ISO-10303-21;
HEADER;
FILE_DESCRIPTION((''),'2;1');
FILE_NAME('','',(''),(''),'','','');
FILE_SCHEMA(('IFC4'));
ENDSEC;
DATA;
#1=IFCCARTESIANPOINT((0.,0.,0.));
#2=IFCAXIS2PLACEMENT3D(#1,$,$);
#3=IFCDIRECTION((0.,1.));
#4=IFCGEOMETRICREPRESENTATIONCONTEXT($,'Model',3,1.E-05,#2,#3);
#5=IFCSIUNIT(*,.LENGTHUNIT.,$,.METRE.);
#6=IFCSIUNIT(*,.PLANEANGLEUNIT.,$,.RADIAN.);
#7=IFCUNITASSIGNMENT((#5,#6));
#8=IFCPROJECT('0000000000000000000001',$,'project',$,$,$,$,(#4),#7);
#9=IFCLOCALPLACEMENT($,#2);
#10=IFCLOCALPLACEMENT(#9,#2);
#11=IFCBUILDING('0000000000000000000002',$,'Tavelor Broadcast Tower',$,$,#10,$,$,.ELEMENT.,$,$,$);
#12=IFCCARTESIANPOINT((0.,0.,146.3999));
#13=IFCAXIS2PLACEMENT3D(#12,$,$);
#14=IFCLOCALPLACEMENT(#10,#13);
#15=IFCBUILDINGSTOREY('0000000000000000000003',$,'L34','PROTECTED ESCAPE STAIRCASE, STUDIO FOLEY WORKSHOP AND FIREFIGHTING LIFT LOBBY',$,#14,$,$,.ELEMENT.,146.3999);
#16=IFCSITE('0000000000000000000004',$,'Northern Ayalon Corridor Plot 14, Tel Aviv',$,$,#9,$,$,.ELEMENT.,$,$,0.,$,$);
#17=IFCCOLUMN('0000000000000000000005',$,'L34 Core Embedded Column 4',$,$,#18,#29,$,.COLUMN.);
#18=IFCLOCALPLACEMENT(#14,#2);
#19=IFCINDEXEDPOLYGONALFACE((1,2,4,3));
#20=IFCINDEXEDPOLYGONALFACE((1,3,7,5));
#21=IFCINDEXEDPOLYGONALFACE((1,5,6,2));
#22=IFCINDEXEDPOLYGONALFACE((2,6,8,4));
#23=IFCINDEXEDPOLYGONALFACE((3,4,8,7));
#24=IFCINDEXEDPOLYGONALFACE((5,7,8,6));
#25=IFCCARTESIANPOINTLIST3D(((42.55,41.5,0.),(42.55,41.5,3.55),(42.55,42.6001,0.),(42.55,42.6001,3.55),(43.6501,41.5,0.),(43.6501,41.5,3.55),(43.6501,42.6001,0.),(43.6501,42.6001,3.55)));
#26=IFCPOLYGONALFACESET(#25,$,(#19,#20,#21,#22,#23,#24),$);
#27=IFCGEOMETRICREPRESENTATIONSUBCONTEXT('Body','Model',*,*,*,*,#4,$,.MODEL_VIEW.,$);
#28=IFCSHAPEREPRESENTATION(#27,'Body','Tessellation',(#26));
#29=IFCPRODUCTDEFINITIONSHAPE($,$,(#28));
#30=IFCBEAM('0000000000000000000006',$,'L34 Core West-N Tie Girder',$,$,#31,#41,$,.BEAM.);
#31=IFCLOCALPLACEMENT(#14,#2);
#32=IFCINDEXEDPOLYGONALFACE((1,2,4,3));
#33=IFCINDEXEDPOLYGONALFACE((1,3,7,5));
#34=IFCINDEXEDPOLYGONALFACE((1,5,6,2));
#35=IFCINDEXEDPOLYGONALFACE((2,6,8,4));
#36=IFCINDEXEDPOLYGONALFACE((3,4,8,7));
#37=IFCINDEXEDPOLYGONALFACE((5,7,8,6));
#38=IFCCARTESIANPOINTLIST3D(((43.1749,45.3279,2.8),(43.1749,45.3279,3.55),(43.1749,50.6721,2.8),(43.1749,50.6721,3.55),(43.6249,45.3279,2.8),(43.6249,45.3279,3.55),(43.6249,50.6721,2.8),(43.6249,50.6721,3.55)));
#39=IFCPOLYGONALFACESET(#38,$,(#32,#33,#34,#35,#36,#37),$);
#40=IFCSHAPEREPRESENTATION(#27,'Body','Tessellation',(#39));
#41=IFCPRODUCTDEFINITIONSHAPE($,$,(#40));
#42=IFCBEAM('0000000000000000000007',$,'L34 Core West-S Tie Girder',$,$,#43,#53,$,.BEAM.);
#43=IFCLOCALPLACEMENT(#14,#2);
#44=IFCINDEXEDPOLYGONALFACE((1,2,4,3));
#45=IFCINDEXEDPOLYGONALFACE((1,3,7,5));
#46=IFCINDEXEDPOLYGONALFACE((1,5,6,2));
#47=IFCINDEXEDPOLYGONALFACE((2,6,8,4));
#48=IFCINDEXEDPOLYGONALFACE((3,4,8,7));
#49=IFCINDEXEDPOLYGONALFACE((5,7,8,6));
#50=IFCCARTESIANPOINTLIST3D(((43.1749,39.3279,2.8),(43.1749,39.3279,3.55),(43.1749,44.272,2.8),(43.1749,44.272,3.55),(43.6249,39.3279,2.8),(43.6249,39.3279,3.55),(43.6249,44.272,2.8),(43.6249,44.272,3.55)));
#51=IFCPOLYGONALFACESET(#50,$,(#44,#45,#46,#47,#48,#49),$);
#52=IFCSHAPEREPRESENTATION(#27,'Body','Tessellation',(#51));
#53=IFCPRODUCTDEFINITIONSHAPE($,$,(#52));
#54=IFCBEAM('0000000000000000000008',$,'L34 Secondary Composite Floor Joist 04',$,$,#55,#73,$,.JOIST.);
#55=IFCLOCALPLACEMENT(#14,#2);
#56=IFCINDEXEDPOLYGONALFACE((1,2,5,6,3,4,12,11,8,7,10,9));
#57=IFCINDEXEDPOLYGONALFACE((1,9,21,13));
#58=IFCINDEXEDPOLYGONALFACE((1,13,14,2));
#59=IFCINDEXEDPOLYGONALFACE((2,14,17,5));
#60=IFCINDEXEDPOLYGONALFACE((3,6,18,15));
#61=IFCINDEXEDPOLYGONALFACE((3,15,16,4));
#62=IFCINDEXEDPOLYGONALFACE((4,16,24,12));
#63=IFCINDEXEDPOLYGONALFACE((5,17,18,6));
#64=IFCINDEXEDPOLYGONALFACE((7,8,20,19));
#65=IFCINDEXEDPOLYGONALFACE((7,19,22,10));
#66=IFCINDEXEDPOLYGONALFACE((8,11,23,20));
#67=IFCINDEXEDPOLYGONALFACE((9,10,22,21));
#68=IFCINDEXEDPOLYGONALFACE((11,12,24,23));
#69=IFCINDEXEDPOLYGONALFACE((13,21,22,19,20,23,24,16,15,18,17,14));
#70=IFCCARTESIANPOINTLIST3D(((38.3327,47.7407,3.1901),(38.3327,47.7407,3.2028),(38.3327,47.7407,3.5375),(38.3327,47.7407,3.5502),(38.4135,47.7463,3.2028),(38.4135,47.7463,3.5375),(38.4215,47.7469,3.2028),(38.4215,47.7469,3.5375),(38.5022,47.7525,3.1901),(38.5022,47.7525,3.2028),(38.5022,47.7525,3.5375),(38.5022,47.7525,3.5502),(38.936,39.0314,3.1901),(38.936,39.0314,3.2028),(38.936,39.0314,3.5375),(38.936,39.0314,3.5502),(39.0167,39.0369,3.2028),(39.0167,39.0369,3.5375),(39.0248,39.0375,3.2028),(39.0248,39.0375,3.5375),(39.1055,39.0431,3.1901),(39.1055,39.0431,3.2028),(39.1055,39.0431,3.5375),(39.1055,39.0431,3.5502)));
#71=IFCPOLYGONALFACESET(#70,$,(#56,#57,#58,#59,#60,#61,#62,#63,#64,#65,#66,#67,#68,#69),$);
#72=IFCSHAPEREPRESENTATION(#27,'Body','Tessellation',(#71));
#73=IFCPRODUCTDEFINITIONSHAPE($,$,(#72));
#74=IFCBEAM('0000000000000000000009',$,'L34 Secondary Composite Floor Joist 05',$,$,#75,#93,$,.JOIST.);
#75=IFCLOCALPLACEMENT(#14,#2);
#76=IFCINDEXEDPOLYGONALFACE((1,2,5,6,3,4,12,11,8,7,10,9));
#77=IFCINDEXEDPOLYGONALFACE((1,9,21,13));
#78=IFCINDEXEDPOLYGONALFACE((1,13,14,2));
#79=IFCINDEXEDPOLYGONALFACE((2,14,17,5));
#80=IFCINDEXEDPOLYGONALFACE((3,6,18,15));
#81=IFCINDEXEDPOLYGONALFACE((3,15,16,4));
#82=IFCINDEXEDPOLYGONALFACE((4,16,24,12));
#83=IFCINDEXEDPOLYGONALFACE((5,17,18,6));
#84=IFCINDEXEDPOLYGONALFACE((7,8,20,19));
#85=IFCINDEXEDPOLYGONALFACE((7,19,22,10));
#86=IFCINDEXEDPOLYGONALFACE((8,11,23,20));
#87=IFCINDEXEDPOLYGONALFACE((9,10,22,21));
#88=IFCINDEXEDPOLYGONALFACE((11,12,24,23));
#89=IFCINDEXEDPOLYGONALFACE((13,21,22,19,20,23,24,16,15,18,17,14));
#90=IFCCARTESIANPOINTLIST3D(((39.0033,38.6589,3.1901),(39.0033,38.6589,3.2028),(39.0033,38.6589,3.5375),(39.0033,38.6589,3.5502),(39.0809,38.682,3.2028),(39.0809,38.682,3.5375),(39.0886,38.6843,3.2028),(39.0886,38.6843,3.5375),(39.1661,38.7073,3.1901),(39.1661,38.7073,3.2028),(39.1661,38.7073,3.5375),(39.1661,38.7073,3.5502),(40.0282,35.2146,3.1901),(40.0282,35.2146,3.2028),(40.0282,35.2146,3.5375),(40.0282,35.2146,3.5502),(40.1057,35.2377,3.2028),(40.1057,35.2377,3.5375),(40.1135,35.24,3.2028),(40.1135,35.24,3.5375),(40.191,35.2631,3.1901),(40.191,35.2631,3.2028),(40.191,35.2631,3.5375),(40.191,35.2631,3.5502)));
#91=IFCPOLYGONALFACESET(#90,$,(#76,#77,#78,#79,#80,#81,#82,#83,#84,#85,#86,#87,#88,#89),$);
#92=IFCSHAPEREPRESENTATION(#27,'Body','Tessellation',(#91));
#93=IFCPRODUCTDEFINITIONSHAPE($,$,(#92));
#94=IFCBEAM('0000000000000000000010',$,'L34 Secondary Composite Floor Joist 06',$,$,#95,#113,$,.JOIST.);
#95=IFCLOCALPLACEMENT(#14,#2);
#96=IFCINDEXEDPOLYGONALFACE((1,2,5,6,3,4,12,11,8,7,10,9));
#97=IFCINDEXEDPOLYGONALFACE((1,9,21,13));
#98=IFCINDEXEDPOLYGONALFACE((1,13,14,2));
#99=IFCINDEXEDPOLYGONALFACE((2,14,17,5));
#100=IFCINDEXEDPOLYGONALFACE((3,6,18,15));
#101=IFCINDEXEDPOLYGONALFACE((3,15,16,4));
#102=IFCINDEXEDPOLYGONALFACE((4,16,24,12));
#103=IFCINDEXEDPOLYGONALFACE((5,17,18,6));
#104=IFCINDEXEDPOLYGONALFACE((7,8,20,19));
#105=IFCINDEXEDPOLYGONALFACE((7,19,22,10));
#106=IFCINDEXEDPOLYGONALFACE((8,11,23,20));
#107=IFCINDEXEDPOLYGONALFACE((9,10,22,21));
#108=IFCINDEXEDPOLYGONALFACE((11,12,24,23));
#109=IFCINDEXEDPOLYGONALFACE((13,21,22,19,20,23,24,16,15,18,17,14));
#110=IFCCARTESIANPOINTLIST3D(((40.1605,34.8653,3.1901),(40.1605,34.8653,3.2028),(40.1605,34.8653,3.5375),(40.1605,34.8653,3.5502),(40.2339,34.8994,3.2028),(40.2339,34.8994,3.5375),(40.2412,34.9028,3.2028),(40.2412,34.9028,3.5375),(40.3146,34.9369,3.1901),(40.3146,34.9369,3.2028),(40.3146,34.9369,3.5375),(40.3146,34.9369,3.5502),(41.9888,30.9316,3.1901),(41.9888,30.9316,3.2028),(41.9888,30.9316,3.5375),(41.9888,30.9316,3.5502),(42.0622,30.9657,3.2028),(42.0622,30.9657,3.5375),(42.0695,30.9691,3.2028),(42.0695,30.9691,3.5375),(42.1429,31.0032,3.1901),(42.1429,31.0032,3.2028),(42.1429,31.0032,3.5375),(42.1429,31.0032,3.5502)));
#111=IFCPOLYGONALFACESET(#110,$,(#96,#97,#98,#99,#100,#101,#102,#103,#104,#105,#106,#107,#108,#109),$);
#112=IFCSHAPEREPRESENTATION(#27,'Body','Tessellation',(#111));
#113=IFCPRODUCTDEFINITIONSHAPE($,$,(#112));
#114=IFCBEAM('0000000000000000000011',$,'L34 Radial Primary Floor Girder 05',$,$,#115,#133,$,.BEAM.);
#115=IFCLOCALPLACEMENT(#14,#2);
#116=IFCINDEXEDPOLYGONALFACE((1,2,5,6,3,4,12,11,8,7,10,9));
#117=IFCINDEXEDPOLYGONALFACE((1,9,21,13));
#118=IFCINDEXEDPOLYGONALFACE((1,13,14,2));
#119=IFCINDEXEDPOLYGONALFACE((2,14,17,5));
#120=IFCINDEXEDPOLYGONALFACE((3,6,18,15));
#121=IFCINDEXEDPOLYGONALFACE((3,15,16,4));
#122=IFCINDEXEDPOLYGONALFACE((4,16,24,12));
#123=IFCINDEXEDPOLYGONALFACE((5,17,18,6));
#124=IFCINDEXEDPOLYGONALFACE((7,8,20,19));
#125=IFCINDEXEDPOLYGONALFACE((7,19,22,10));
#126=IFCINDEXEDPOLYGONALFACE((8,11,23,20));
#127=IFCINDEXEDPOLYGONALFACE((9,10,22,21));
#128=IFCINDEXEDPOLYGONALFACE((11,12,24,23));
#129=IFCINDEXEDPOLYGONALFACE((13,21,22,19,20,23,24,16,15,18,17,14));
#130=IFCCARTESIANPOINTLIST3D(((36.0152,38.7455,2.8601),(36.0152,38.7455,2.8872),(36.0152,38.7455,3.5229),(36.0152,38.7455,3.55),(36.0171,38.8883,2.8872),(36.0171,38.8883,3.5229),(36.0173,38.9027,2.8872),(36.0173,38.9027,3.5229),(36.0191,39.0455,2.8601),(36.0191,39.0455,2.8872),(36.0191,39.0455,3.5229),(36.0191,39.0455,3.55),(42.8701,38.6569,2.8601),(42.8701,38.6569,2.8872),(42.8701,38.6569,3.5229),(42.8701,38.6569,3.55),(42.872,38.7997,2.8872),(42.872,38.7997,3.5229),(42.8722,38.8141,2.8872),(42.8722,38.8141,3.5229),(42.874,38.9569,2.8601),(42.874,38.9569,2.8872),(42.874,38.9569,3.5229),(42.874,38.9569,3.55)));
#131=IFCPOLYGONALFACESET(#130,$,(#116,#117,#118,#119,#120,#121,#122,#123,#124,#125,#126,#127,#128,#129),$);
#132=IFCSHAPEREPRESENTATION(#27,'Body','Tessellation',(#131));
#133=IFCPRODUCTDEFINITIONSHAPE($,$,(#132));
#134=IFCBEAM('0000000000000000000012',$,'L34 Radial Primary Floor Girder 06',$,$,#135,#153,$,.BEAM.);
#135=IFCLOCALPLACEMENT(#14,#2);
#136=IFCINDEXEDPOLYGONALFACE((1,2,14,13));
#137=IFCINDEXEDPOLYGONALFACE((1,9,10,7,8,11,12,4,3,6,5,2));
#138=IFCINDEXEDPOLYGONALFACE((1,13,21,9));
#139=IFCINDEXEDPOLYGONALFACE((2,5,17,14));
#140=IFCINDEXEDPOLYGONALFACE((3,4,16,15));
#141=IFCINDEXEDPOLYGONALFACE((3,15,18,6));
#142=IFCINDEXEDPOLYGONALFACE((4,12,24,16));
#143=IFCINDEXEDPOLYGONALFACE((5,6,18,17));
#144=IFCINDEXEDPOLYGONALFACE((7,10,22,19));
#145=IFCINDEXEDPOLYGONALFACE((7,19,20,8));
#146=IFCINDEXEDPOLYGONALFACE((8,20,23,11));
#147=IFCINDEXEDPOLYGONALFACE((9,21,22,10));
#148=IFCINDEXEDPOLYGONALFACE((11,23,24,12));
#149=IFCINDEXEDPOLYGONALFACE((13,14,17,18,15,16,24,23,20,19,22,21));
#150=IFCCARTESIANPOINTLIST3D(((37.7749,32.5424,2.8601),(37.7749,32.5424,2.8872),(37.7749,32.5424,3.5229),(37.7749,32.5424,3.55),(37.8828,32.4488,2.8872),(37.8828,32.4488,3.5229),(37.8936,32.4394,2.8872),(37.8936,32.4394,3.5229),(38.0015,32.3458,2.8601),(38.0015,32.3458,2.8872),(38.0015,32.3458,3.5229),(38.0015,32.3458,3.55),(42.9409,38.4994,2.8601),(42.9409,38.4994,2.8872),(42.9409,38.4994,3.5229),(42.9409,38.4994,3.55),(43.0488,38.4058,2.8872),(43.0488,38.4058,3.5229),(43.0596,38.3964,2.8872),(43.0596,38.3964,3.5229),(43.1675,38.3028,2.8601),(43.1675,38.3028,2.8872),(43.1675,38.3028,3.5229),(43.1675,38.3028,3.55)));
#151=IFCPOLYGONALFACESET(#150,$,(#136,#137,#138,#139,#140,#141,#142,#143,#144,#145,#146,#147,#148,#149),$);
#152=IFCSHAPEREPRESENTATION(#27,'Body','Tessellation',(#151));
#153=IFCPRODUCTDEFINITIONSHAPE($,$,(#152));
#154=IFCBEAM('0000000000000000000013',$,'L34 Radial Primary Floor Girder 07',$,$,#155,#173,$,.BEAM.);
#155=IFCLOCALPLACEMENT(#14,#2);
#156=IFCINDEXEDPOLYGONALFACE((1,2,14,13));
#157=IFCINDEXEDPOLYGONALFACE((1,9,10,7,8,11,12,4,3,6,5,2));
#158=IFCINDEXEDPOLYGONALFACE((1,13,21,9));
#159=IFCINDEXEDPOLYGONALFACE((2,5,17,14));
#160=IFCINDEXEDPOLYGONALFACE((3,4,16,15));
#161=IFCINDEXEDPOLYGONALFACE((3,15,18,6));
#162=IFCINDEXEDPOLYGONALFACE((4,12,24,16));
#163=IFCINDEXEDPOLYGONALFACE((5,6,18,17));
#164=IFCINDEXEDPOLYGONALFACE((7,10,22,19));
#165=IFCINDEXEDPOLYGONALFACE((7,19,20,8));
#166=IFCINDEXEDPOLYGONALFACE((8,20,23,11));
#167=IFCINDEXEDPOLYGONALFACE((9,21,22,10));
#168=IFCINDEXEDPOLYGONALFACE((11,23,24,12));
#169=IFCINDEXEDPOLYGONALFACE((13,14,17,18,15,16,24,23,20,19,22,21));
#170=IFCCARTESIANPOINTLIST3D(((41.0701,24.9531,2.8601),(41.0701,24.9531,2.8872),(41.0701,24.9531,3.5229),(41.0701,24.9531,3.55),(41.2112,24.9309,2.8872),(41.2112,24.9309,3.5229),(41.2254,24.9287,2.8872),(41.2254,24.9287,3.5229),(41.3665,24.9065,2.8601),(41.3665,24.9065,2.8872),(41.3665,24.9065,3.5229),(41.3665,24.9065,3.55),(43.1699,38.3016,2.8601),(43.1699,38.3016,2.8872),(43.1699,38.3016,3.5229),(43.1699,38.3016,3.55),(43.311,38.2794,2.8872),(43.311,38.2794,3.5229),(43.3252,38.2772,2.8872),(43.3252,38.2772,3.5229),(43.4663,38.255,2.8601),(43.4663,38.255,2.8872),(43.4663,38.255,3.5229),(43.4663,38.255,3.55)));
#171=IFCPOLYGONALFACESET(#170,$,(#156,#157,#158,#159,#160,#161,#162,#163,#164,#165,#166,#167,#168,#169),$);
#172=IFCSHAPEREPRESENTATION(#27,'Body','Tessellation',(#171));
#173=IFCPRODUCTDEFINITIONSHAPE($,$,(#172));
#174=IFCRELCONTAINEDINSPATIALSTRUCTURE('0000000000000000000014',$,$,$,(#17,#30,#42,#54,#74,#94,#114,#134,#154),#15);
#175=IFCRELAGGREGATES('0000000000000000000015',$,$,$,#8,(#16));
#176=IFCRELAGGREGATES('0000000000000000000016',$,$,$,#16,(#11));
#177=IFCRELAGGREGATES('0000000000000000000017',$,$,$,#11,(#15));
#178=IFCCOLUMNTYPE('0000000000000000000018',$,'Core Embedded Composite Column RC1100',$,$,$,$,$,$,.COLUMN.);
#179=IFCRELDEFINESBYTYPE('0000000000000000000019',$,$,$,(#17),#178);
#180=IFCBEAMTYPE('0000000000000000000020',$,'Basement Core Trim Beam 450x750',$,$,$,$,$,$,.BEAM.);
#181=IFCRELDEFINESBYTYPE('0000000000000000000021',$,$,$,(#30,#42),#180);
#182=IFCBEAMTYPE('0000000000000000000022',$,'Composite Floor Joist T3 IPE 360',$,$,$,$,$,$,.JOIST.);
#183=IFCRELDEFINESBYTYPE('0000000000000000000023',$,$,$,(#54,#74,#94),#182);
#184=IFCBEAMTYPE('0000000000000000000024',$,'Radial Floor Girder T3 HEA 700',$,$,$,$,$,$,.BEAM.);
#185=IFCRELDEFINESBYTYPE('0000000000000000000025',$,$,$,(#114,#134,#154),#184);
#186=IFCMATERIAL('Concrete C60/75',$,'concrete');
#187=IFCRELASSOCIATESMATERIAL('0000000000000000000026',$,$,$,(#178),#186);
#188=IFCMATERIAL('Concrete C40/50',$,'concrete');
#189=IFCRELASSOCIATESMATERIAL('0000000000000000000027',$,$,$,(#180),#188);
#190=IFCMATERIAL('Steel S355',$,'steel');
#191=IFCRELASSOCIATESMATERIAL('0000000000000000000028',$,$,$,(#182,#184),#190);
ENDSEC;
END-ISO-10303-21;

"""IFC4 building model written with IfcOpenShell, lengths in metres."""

from ifc_helpers import new_model, si_unit, direction, frame, origin, origin_2d, place, context, subcontext, project, spatial, rectangle, i_section, extrude, material, material_profile, profile_set, type_object, element, save


model = new_model("IFC4")

# Units and contexts
model_context = context("Model", 3, precision=1e-05, world=origin(), true_north=direction((0.0, 1.0)))
body_context = subcontext(model_context, "Body", "Model", "MODEL_VIEW")
ifc_project = project(units=[si_unit("LENGTHUNIT", "METRE"), si_unit("PLANEANGLEUNIT", "RADIAN")], contexts=[model_context])

# Site, building, storey
site_placement = place(None, origin())
site = spatial("IfcSite", under=ifc_project, at=site_placement, Name="Northern Ayalon Corridor Plot 14, Tel Aviv", CompositionType="ELEMENT", RefElevation=0.0)
building_placement = place(site_placement, origin())
building = spatial("IfcBuilding", under=site, at=building_placement, Name="Tavelor Broadcast Tower", CompositionType="ELEMENT")
storey_placement = place(building_placement, frame((0.0, 0.0, 146.3999)))
storey = spatial("IfcBuildingStorey", under=building, at=storey_placement, Name="L34", Description="PROTECTED ESCAPE STAIRCASE, STUDIO FOLEY WORKSHOP AND FIREFIGHTING LIFT LOBBY", CompositionType="ELEMENT", Elevation=146.3999)

# Column
ifc_material_1 = material(Name="Concrete C60/75", Category="concrete")
ifc_material_profile_1 = material_profile(ifc_material_1, rectangle(XDim=1.1001, YDim=1.1001, at=origin_2d()), Name="RC 1100x1100")
ifc_profile_set_1 = profile_set([ifc_material_profile_1], Name="Concrete C60/75")
column_type = type_object("IfcColumnType", Name="Core Embedded Composite Column RC1100", PredefinedType="COLUMN", material=ifc_profile_set_1)
column_placement = place(storey_placement, frame((43.1001, 42.05, 0.0), z_axis=(0.0, 0.0, 1.0), x_axis=(1.0, 0.0, 0.0)))
element("IfcColumn", 1, at=column_placement, inside=storey, type_object=column_type, Name="L34 Core Embedded Column 4", PredefinedType="COLUMN", context=body_context, shape_type="SweptSolid", body=[
    extrude(rectangle(XDim=1.1001, YDim=1.1001, at=origin_2d()), origin(), (0.0, 0.0, 1.0), 3.55),
])

# Beams
ifc_material_2 = material(Name="Concrete C40/50", Category="concrete")
ifc_material_profile_2 = material_profile(ifc_material_2, rectangle(XDim=0.45, YDim=0.75, at=origin_2d()), Name="RC 450x750")
ifc_profile_set_2 = profile_set([ifc_material_profile_2], Name="Concrete C40/50")
beam_type_1 = type_object("IfcBeamType", Name="Basement Core Trim Beam 450x750", PredefinedType="BEAM", material=ifc_profile_set_2)
beam_1_placement = place(storey_placement, frame((43.3999, 45.3279, 3.175), z_axis=(0.0, 1.0, 0.0), x_axis=(-1.0, 0.0, 0.0)))
element("IfcBeam", 2, at=beam_1_placement, inside=storey, type_object=beam_type_1, Name="L34 Core West-N Tie Girder", PredefinedType="BEAM", context=body_context, shape_type="SweptSolid", body=[
    extrude(rectangle(XDim=0.45, YDim=0.75, at=origin_2d()), origin(), (0.0, 0.0, 1.0), 5.3442),
])
beam_2_placement = place(storey_placement, frame((43.3999, 39.3279, 3.175), z_axis=(0.0, 1.0, 0.0), x_axis=(-1.0, 0.0, 0.0)))
element("IfcBeam", 3, at=beam_2_placement, inside=storey, type_object=beam_type_1, Name="L34 Core West-S Tie Girder", PredefinedType="BEAM", context=body_context, shape_type="SweptSolid", body=[
    extrude(rectangle(XDim=0.45, YDim=0.75, at=origin_2d()), origin(), (0.0, 0.0, 1.0), 4.9441),
])
ifc_material_3 = material(Name="Steel S355", Category="steel")
ifc_material_profile_3 = material_profile(ifc_material_3, i_section(OverallWidth=0.1699, OverallDepth=0.3601, WebThickness=0.0081, FlangeThickness=0.0127, at=origin_2d()), Name="IPE 360")
ifc_profile_set_3 = profile_set([ifc_material_profile_3], Name="Steel S355")
beam_type_2 = type_object("IfcBeamType", Name="Composite Floor Joist T3 IPE 360", PredefinedType="JOIST", material=ifc_profile_set_3)
beam_3_placement = place(storey_placement, frame((38.4175, 47.7466, 3.3701), z_axis=(0.069101, -0.99761, 0.0), x_axis=(0.99761, 0.069101, 0.0)))
element("IfcBeam", 4, at=beam_3_placement, inside=storey, type_object=beam_type_2, Name="L34 Secondary Composite Floor Joist 04", PredefinedType="JOIST", context=body_context, shape_type="SweptSolid", body=[
    extrude(i_section(OverallWidth=0.1699, OverallDepth=0.3601, WebThickness=0.0081, FlangeThickness=0.0127, at=origin_2d()), origin(), (0.0, 0.0, 1.0), 8.7302),
])
beam_4_placement = place(storey_placement, frame((39.0847, 38.6831, 3.3701), z_axis=(0.285203, -0.958467, 0.0), x_axis=(0.958467, 0.285203, 0.0)))
element("IfcBeam", 5, at=beam_4_placement, inside=storey, type_object=beam_type_2, Name="L34 Secondary Composite Floor Joist 05", PredefinedType="JOIST", context=body_context, shape_type="SweptSolid", body=[
    extrude(i_section(OverallWidth=0.1699, OverallDepth=0.3601, WebThickness=0.0081, FlangeThickness=0.0127, at=origin_2d()), origin(), (0.0, 0.0, 1.0), 3.5935),
])
beam_5_placement = place(storey_placement, frame((40.2375, 34.9011, 3.3701), z_axis=(0.42148, -0.906838, 0.0), x_axis=(0.906838, 0.42148, 0.0)))
element("IfcBeam", 6, at=beam_5_placement, inside=storey, type_object=beam_type_2, Name="L34 Secondary Composite Floor Joist 06", PredefinedType="JOIST", context=body_context, shape_type="SweptSolid", body=[
    extrude(i_section(OverallWidth=0.1699, OverallDepth=0.3601, WebThickness=0.0081, FlangeThickness=0.0127, at=origin_2d()), origin(), (0.0, 0.0, 1.0), 4.3379),
])
ifc_material_profile_4 = material_profile(ifc_material_3, i_section(OverallWidth=0.3, OverallDepth=0.6899, WebThickness=0.0144, FlangeThickness=0.0271, at=origin_2d()), Name="HEA 700")
ifc_profile_set_4 = profile_set([ifc_material_profile_4], Name="Steel S355")
beam_type_3 = type_object("IfcBeamType", Name="Radial Floor Girder T3 HEA 700", PredefinedType="BEAM", material=ifc_profile_set_4)
beam_6_placement = place(storey_placement, frame((42.8721, 38.8069, 3.2051), z_axis=(-0.999916, 0.012927, 0.0), x_axis=(-0.012927, -0.999916, 0.0)))
element("IfcBeam", 7, at=beam_6_placement, inside=storey, type_object=beam_type_3, Name="L34 Radial Primary Floor Girder 05", PredefinedType="BEAM", context=body_context, shape_type="SweptSolid", body=[
    extrude(i_section(OverallWidth=0.3, OverallDepth=0.6899, WebThickness=0.0144, FlangeThickness=0.0271, at=origin_2d()), origin(), (0.0, 0.0, 1.0), 6.8555),
])
beam_7_placement = place(storey_placement, frame((43.0542, 38.4011, 3.2051), z_axis=(-0.655166, -0.755485, 0.0), x_axis=(0.755485, -0.655166, 0.0)))
element("IfcBeam", 8, at=beam_7_placement, inside=storey, type_object=beam_type_3, Name="L34 Radial Primary Floor Girder 06", PredefinedType="BEAM", context=body_context, shape_type="SweptSolid", body=[
    extrude(i_section(OverallWidth=0.3, OverallDepth=0.6899, WebThickness=0.0144, FlangeThickness=0.0271, at=origin_2d()), origin(), (0.0, 0.0, 1.0), 7.885),
])
beam_8_placement = place(storey_placement, frame((43.3181, 38.2783, 3.2051), z_axis=(-0.155398, -0.987852, 0.0), x_axis=(0.987852, -0.155398, 0.0)))
element("IfcBeam", 9, at=beam_8_placement, inside=storey, type_object=beam_type_3, Name="L34 Radial Primary Floor Girder 07", PredefinedType="BEAM", context=body_context, shape_type="SweptSolid", body=[
    extrude(i_section(OverallWidth=0.3, OverallDepth=0.6899, WebThickness=0.0144, FlangeThickness=0.0271, at=origin_2d()), origin(), (0.0, 0.0, 1.0), 13.5127),
])

save(model, "model.ifc")
